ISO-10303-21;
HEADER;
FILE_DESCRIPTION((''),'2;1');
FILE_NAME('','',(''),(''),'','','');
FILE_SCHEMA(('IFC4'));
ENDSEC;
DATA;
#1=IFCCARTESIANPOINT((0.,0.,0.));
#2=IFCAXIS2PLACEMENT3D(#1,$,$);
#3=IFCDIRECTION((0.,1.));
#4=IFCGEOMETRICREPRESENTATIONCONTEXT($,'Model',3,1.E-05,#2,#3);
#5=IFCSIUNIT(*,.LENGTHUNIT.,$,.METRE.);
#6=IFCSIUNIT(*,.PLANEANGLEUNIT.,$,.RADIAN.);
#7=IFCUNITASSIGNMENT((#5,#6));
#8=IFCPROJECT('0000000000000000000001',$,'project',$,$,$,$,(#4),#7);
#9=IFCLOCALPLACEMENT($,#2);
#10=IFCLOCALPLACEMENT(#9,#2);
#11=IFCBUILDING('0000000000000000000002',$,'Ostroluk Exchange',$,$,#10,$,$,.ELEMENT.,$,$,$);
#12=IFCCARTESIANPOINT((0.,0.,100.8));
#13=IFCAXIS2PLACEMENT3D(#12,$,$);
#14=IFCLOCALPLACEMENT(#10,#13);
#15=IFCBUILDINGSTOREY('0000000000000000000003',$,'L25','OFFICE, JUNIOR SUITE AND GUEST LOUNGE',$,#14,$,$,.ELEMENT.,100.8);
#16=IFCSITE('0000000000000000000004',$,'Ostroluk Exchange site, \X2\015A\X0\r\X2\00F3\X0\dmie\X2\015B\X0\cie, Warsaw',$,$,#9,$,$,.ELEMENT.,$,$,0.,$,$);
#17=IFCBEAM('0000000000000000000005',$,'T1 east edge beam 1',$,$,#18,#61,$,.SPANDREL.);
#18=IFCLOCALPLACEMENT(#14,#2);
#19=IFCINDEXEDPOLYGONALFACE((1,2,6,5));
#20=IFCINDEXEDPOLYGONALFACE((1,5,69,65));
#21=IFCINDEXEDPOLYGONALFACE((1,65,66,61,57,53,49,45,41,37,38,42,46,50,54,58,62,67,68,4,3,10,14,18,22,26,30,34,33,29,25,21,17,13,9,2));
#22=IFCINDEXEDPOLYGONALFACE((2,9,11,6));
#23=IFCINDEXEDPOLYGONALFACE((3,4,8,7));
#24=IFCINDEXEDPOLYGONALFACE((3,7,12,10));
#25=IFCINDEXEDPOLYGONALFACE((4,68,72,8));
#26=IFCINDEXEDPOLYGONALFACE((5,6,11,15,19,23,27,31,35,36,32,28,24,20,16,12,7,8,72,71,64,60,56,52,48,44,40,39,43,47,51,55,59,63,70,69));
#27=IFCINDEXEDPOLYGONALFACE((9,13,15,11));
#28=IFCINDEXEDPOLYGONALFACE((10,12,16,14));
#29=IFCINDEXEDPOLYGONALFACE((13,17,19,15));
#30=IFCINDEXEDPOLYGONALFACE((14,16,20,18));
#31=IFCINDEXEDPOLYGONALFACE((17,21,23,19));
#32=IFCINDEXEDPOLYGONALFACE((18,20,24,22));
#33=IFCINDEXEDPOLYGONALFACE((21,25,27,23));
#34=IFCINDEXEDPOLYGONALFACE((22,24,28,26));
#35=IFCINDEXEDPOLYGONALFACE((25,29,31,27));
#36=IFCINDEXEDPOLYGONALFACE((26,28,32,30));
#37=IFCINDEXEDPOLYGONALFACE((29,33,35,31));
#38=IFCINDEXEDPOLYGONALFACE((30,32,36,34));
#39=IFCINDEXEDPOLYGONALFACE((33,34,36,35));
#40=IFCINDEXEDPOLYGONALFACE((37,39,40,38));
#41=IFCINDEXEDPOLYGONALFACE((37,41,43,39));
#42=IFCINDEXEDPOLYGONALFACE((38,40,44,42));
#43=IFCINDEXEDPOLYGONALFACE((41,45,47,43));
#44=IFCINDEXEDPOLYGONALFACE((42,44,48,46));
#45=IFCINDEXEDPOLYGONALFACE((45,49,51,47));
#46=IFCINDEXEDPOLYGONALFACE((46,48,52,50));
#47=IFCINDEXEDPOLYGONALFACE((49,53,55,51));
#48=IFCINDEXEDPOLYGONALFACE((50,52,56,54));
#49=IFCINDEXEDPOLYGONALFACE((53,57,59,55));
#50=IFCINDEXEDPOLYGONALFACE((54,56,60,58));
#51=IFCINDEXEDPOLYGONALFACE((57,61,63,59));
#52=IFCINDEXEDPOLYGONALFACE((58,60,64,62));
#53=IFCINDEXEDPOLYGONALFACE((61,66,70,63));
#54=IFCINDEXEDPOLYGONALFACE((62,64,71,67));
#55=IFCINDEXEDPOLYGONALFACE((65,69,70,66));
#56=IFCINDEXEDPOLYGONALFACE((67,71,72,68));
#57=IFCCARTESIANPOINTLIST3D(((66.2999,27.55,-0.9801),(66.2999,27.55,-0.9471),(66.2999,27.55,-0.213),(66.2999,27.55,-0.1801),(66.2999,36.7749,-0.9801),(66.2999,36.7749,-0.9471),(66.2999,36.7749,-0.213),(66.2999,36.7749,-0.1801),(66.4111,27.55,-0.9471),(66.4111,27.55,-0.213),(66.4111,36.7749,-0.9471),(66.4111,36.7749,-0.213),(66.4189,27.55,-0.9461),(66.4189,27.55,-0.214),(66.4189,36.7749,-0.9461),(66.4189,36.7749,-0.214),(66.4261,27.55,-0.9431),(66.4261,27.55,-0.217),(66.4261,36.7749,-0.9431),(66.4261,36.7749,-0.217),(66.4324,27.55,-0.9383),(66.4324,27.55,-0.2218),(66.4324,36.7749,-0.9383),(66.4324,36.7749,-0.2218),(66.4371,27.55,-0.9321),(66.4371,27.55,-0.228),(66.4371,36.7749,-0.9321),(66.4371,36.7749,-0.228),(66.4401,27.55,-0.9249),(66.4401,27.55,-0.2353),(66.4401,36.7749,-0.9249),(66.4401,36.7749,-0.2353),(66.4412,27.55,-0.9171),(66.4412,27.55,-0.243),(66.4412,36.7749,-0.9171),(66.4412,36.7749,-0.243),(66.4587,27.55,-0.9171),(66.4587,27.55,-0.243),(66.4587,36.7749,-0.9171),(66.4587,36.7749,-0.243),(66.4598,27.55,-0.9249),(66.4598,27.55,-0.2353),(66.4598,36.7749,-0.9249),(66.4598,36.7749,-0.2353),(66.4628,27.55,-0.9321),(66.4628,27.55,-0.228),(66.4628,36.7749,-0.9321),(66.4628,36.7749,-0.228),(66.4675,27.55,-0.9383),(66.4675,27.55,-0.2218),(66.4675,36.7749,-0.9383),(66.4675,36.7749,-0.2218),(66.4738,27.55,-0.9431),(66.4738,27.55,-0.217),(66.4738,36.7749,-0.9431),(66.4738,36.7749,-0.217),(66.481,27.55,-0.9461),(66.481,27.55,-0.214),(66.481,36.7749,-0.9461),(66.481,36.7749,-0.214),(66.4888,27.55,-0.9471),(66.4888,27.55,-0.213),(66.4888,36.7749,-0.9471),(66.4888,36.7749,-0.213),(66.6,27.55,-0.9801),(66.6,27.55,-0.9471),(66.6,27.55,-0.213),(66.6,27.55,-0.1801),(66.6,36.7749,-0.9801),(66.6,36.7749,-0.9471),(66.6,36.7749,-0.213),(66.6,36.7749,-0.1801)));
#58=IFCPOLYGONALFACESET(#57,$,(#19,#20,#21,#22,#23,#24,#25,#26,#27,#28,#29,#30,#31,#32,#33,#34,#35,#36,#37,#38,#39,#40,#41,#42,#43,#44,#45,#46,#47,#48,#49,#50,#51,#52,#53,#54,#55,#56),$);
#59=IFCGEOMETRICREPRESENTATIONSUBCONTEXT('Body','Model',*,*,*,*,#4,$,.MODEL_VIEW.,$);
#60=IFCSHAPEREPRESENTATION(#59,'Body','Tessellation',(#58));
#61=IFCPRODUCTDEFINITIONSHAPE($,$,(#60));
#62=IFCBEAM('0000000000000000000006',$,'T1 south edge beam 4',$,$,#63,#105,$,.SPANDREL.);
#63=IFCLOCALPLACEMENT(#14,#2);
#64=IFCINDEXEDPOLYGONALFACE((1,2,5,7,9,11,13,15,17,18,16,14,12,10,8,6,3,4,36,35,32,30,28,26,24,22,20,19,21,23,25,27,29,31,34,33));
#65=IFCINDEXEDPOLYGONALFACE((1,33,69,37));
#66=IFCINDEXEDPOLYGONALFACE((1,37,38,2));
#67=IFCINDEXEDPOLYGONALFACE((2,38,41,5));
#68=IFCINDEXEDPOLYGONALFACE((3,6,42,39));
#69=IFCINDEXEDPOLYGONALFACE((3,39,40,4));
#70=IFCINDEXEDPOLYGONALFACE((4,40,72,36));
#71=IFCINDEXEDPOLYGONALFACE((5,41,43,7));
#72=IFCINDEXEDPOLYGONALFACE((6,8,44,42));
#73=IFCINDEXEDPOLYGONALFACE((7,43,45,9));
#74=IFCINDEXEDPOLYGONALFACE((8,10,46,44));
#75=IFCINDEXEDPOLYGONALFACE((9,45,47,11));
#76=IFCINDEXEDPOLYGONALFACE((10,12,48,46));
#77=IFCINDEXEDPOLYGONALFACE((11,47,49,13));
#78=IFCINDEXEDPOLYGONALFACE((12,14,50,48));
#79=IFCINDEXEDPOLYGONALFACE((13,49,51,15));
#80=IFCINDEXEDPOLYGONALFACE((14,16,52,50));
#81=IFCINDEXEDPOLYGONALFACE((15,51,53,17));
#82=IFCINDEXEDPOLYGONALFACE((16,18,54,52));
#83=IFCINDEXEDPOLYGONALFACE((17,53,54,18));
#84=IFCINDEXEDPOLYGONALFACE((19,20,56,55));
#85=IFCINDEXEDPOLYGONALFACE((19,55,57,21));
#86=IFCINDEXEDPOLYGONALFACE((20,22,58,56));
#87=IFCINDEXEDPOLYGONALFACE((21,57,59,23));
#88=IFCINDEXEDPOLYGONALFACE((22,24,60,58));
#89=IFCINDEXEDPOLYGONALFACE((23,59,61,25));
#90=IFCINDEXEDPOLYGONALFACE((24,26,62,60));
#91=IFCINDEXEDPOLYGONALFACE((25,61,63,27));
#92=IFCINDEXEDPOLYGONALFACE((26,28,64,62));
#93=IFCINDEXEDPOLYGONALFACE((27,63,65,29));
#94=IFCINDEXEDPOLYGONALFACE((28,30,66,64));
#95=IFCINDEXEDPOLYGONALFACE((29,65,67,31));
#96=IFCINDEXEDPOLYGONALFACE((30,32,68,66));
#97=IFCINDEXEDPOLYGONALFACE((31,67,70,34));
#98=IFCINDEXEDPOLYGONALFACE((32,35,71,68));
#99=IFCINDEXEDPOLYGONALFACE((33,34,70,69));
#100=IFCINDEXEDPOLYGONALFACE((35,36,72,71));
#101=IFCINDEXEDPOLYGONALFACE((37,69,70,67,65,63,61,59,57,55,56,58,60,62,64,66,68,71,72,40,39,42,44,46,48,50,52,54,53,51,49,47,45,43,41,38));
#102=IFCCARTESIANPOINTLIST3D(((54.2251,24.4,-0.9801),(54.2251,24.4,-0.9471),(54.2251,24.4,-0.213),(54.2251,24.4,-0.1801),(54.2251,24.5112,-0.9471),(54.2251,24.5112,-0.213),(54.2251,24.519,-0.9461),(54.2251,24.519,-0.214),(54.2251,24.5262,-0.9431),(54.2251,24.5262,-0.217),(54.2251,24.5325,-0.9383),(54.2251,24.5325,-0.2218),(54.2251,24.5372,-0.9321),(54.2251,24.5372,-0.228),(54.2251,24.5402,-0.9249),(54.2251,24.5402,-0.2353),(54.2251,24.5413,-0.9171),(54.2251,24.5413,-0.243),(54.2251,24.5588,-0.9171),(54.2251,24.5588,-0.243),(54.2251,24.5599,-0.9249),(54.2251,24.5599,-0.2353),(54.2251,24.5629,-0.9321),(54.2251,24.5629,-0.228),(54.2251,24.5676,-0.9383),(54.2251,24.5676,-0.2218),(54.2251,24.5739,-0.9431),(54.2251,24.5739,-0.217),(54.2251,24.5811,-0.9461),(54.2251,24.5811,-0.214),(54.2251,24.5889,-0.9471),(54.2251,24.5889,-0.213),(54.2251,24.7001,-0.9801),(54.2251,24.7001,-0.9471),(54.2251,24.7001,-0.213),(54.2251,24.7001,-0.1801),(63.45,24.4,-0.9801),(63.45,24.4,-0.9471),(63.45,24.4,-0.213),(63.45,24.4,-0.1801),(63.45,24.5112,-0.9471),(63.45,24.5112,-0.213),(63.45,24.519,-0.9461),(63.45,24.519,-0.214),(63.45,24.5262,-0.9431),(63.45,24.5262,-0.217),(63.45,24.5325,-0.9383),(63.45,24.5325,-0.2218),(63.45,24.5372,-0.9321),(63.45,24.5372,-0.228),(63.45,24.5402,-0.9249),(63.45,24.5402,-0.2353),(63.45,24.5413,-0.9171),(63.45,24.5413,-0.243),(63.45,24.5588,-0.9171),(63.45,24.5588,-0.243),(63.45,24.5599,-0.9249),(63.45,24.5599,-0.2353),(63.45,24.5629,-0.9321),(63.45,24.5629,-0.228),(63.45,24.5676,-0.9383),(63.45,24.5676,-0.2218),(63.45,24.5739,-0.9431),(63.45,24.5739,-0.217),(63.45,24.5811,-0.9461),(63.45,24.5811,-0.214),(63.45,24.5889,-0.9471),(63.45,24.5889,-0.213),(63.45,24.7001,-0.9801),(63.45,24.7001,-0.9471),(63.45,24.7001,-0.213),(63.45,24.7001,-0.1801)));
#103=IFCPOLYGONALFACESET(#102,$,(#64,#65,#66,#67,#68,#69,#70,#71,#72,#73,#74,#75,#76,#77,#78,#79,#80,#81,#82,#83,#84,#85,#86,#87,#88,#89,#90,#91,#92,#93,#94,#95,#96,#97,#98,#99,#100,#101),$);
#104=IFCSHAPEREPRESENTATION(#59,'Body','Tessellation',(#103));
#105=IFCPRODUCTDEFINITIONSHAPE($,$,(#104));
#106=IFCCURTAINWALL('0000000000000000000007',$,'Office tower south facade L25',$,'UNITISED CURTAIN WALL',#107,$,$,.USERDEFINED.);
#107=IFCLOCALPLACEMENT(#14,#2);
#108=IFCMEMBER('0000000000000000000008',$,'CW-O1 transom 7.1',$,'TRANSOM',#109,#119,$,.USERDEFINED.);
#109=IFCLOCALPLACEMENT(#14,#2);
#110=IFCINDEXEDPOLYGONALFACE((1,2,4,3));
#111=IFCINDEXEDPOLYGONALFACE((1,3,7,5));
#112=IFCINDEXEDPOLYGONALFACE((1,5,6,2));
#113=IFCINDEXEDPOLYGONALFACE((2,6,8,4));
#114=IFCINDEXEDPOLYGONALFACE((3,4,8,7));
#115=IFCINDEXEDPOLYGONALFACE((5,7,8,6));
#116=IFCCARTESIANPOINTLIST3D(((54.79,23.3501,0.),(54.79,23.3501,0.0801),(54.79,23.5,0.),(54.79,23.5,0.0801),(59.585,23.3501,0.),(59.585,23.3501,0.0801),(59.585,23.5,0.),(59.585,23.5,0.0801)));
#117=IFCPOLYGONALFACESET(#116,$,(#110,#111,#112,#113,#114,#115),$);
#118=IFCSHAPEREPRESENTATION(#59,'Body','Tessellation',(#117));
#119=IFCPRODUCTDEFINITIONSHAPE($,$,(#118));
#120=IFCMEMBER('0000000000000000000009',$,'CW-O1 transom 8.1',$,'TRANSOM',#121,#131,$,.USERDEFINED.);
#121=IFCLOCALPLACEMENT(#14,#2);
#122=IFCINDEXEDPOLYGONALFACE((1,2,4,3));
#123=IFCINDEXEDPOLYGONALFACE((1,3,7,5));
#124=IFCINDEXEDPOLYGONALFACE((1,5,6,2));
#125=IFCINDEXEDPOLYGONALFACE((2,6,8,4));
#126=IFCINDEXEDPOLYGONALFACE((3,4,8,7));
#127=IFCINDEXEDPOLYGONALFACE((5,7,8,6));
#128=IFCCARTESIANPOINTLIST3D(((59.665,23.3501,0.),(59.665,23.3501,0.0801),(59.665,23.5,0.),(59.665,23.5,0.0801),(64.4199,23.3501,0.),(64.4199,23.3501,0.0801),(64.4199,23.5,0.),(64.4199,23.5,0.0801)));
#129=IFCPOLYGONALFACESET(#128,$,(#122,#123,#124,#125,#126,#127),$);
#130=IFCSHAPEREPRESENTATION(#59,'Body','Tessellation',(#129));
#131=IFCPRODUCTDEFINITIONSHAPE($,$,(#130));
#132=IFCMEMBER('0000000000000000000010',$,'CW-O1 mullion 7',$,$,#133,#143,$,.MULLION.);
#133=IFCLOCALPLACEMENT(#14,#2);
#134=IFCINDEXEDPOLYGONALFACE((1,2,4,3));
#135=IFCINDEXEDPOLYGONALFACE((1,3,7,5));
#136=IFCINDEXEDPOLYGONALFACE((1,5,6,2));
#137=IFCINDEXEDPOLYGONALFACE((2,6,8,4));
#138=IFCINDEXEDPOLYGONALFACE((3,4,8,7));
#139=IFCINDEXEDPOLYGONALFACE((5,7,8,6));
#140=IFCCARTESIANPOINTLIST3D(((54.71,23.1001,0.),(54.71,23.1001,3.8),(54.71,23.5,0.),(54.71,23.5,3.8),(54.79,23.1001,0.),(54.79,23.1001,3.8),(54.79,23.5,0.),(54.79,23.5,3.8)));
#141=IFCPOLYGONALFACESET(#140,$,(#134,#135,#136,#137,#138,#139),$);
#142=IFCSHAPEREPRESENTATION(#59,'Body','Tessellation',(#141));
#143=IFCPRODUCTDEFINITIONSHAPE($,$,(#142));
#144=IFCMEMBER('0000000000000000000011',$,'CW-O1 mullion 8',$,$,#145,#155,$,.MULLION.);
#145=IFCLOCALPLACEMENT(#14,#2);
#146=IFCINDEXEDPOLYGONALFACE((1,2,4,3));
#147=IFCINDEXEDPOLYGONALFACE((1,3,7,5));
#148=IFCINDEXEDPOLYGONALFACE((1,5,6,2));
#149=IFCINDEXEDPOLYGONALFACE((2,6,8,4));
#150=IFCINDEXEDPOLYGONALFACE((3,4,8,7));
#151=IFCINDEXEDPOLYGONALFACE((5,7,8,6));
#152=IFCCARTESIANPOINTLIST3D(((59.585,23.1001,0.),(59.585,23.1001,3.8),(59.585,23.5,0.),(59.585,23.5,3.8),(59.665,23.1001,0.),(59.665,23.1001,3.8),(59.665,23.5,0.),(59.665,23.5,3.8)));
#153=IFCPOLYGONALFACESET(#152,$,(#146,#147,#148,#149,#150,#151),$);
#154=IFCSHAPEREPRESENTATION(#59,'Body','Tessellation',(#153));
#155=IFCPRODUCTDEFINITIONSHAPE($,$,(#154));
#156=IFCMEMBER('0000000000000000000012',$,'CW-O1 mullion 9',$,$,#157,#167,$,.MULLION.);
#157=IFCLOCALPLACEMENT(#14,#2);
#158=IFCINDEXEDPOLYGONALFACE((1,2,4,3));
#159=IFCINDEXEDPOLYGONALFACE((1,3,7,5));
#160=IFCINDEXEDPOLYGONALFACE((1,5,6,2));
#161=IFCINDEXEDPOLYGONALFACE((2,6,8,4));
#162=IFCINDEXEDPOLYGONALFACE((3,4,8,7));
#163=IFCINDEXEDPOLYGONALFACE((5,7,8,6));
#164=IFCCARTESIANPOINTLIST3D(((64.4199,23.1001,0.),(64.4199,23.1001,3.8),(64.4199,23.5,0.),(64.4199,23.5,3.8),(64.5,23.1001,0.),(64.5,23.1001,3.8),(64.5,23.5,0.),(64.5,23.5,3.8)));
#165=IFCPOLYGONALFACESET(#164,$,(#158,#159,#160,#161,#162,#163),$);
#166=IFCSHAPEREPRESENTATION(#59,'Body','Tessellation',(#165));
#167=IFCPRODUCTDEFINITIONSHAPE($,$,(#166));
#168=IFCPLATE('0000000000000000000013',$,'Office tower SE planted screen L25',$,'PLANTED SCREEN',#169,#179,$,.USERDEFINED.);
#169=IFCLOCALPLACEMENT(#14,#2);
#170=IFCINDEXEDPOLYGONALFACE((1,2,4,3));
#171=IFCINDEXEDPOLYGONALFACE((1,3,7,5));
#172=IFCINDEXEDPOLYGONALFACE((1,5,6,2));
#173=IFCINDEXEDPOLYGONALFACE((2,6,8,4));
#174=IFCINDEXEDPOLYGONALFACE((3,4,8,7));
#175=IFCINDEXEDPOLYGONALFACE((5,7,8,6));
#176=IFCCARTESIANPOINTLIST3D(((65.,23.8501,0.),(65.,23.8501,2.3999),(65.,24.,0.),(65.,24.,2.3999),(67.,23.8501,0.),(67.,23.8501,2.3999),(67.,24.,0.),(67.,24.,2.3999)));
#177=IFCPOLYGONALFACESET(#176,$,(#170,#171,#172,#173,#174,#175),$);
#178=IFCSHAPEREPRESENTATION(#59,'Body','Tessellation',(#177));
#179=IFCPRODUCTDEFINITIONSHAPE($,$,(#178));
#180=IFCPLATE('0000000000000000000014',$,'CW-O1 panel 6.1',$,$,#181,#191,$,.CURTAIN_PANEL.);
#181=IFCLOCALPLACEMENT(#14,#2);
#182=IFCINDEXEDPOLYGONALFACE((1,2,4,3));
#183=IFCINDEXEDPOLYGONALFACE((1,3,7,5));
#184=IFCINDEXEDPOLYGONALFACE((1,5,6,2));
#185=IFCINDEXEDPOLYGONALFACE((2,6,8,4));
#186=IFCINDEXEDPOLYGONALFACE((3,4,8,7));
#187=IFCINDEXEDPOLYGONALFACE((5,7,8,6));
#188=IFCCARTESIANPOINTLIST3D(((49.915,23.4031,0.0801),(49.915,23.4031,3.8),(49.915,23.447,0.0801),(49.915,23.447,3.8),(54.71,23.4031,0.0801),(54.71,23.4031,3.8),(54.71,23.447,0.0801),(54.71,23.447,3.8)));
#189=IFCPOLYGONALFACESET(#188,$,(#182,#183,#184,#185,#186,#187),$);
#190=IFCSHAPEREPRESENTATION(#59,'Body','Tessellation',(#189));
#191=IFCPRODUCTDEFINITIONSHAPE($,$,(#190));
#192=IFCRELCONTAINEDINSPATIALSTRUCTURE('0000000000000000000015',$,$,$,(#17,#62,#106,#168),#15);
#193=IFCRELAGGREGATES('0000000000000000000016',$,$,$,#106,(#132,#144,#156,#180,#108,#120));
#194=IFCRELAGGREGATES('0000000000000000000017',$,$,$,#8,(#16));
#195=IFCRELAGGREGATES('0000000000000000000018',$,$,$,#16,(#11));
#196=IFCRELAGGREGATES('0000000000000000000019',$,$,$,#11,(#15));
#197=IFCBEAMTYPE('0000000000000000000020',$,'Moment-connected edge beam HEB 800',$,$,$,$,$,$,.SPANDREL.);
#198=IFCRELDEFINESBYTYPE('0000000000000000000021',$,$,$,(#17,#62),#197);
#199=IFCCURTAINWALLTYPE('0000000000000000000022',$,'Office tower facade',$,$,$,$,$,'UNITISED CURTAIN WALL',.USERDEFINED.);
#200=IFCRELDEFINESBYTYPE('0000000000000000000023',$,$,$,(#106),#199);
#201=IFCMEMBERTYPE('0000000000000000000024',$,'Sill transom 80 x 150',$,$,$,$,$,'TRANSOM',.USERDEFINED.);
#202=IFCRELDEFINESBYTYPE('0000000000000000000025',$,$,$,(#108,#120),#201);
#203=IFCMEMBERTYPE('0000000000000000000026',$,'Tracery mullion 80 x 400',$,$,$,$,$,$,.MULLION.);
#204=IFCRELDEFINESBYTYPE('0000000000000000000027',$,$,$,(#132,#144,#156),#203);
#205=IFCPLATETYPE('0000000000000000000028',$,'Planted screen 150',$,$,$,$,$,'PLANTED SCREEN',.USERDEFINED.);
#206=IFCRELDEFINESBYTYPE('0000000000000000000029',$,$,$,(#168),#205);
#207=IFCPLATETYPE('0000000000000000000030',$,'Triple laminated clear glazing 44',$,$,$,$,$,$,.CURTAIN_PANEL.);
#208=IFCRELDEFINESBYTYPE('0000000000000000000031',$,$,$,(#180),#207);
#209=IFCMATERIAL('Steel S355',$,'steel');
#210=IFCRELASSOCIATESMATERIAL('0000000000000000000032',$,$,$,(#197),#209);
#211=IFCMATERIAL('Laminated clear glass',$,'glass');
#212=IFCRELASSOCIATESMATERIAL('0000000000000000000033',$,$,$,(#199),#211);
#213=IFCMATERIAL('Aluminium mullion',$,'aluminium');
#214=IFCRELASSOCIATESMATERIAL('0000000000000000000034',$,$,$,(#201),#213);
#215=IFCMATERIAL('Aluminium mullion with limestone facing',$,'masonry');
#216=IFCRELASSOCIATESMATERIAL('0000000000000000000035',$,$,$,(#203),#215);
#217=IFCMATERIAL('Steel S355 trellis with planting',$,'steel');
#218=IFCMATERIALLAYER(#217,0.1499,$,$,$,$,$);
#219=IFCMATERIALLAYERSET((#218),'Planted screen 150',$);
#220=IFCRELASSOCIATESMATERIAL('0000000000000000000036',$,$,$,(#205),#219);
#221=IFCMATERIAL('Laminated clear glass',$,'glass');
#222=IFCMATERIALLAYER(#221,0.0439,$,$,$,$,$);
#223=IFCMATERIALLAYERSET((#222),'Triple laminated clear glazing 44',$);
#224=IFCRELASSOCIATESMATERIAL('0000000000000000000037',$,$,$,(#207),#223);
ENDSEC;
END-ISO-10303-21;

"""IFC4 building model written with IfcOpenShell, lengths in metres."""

from ifc_helpers import new_model, si_unit, direction, frame, origin, origin_2d, place, context, subcontext, project, spatial, rectangle, i_section, extrude, material, layer, layer_set, material_profile, profile_set, type_object, element, aggregate, save


model = new_model("IFC4")

# Units and contexts
model_context = context("Model", 3, precision=1e-05, world=origin(), true_north=direction((0.0, 1.0)))
body_context = subcontext(model_context, "Body", "Model", "MODEL_VIEW")
ifc_project = project(units=[si_unit("LENGTHUNIT", "METRE"), si_unit("PLANEANGLEUNIT", "RADIAN")], contexts=[model_context])

# Site, building, storey
site_placement = place(None, origin())
site = spatial("IfcSite", under=ifc_project, at=site_placement, Name="Ostroluk Exchange site, Śródmieście, Warsaw", CompositionType="ELEMENT", RefElevation=0.0)
building_placement = place(site_placement, origin())
building = spatial("IfcBuilding", under=site, at=building_placement, Name="Ostroluk Exchange", CompositionType="ELEMENT")
storey_placement = place(building_placement, frame((0.0, 0.0, 100.8)))
storey = spatial("IfcBuildingStorey", under=building, at=storey_placement, Name="L25", Description="OFFICE, JUNIOR SUITE AND GUEST LOUNGE", CompositionType="ELEMENT", Elevation=100.8)

# Beams
ifc_material_1 = material(Name="Steel S355", Category="steel")
ifc_material_profile_1 = material_profile(ifc_material_1, i_section(OverallWidth=0.3, OverallDepth=0.8, WebThickness=0.0176, FlangeThickness=0.033, FilletRadius=0.03, at=origin_2d()), Name="HEB 800")
ifc_profile_set_1 = profile_set([ifc_material_profile_1], Name="Steel S355")
beam_type_1 = type_object("IfcBeamType", Name="Moment-connected edge beam HEB 800", PredefinedType="SPANDREL", material=ifc_profile_set_1)
for number, where, z_axis, x_axis, name in (
    (1, (66.45, 27.55, -0.5801), (0.0, 1.0, 0.0), (-1.0, 0.0, 0.0), "T1 east edge beam 1"),
    (2, (54.2251, 24.55, -0.5801), (1.0, 0.0, 0.0), (0.0, 1.0, 0.0), "T1 south edge beam 4"),
):
    element("IfcBeam", number, at=place(storey_placement, frame(where, z_axis=z_axis, x_axis=x_axis)), inside=storey, type_object=beam_type_1, Name=name, PredefinedType="SPANDREL", context=body_context, shape_type="SweptSolid", body=[
        extrude(i_section(OverallWidth=0.3, OverallDepth=0.8, WebThickness=0.0176, FlangeThickness=0.033, FilletRadius=0.03, at=origin_2d()), origin(), (0.0, 0.0, 1.0), 9.2249),
    ])

# Curtain wall, members
ifc_material_2 = material(Name="Laminated clear glass", Category="glass")
curtain_wall_type = type_object("IfcCurtainWallType", Name="Office tower facade", ElementType="UNITISED CURTAIN WALL", PredefinedType="USERDEFINED", material=ifc_material_2)
curtain_wall_placement = place(storey_placement, origin())
curtain_wall = element("IfcCurtainWall", 3, at=curtain_wall_placement, inside=storey, type_object=curtain_wall_type, Name="Office tower south facade L25", ObjectType="UNITISED CURTAIN WALL", PredefinedType="USERDEFINED")
ifc_material_3 = material(Name="Aluminium mullion", Category="aluminium")
ifc_material_profile_2 = material_profile(ifc_material_3, rectangle(XDim=0.1499, YDim=0.0801, at=origin_2d()), Name="Sill transom 80 x 150")
ifc_profile_set_2 = profile_set([ifc_material_profile_2], Name="Aluminium mullion")
member_type_1 = type_object("IfcMemberType", Name="Sill transom 80 x 150", ElementType="TRANSOM", PredefinedType="USERDEFINED", material=ifc_profile_set_2)
member_1_placement = place(storey_placement, frame((54.79, 23.425, 0.04), z_axis=(1.0, 0.0, 0.0), x_axis=(0.0, 1.0, 0.0)))
member_1 = element("IfcMember", 4, at=member_1_placement, type_object=member_type_1, Name="CW-O1 transom 7.1", ObjectType="TRANSOM", PredefinedType="USERDEFINED", context=body_context, shape_type="SweptSolid", body=[
    extrude(rectangle(XDim=0.1499, YDim=0.0801, at=origin_2d()), origin(), (0.0, 0.0, 1.0), 4.7949),
])
member_2_placement = place(storey_placement, frame((59.665, 23.425, 0.04), z_axis=(1.0, 0.0, 0.0), x_axis=(0.0, 1.0, 0.0)))
member_2 = element("IfcMember", 5, at=member_2_placement, type_object=member_type_1, Name="CW-O1 transom 8.1", ObjectType="TRANSOM", PredefinedType="USERDEFINED", context=body_context, shape_type="SweptSolid", body=[
    extrude(rectangle(XDim=0.1499, YDim=0.0801, at=origin_2d()), origin(), (0.0, 0.0, 1.0), 4.7549),
])
ifc_material_4 = material(Name="Aluminium mullion with limestone facing", Category="masonry")
ifc_material_profile_3 = material_profile(ifc_material_4, rectangle(XDim=0.3999, YDim=0.0801, at=origin_2d()), Name="Tracery mullion 80 x 400")
ifc_profile_set_3 = profile_set([ifc_material_profile_3], Name="Aluminium mullion with limestone facing")
member_type_2 = type_object("IfcMemberType", Name="Tracery mullion 80 x 400", PredefinedType="MULLION", material=ifc_profile_set_3)
member_3_placement = place(storey_placement, frame((54.75, 23.3, 0.0), z_axis=(0.0, 0.0, 1.0), x_axis=(0.0, 1.0, 0.0)))
member_3 = element("IfcMember", 6, at=member_3_placement, type_object=member_type_2, Name="CW-O1 mullion 7", PredefinedType="MULLION", context=body_context, shape_type="SweptSolid", body=[
    extrude(rectangle(XDim=0.3999, YDim=0.0801, at=origin_2d()), origin(), (0.0, 0.0, 1.0), 3.8),
])
member_4_placement = place(storey_placement, frame((59.625, 23.3, 0.0), z_axis=(0.0, 0.0, 1.0), x_axis=(0.0, 1.0, 0.0)))
member_4 = element("IfcMember", 7, at=member_4_placement, type_object=member_type_2, Name="CW-O1 mullion 8", PredefinedType="MULLION", context=body_context, shape_type="SweptSolid", body=[
    extrude(rectangle(XDim=0.3999, YDim=0.0801, at=origin_2d()), origin(), (0.0, 0.0, 1.0), 3.8),
])
member_5_placement = place(storey_placement, frame((64.46, 23.3, 0.0), z_axis=(0.0, 0.0, 1.0), x_axis=(0.0, 1.0, 0.0)))
member_5 = element("IfcMember", 8, at=member_5_placement, type_object=member_type_2, Name="CW-O1 mullion 9", PredefinedType="MULLION", context=body_context, shape_type="SweptSolid", body=[
    extrude(rectangle(XDim=0.3999, YDim=0.0801, at=origin_2d()), origin(), (0.0, 0.0, 1.0), 3.8),
])

# Plates
ifc_material_5 = material(Name="Steel S355 trellis with planting", Category="steel")
ifc_layer_1 = layer(ifc_material_5, 0.1499)
ifc_layer_set_1 = layer_set([ifc_layer_1], Name="Planted screen 150")
plate_type_1 = type_object("IfcPlateType", Name="Planted screen 150", ElementType="PLANTED SCREEN", PredefinedType="USERDEFINED", material=ifc_layer_set_1)
plate_1_placement = place(storey_placement, frame((66.0, 23.925, 0.0), z_axis=(0.0, 0.0, 1.0), x_axis=(1.0, 0.0, 0.0)))
element("IfcPlate", 9, at=plate_1_placement, inside=storey, type_object=plate_type_1, Name="Office tower SE planted screen L25", ObjectType="PLANTED SCREEN", PredefinedType="USERDEFINED", context=body_context, shape_type="SweptSolid", body=[
    extrude(rectangle(XDim=2.0, YDim=0.1499, at=origin_2d()), origin(), (0.0, 0.0, 1.0), 2.3999),
])
ifc_material_6 = material(Name="Laminated clear glass", Category="glass")
ifc_layer_2 = layer(ifc_material_6, 0.0439)
ifc_layer_set_2 = layer_set([ifc_layer_2], Name="Triple laminated clear glazing 44")
plate_type_2 = type_object("IfcPlateType", Name="Triple laminated clear glazing 44", PredefinedType="CURTAIN_PANEL", material=ifc_layer_set_2)
plate_2_placement = place(storey_placement, frame((52.3125, 23.425, 0.0801), z_axis=(0.0, 0.0, 1.0), x_axis=(1.0, 0.0, 0.0)))
plate_2 = element("IfcPlate", 10, at=plate_2_placement, type_object=plate_type_2, Name="CW-O1 panel 6.1", PredefinedType="CURTAIN_PANEL", context=body_context, shape_type="SweptSolid", body=[
    extrude(rectangle(XDim=4.7949, YDim=0.0439, at=origin_2d()), origin(), (0.0, 0.0, 1.0), 3.72),
])
aggregate(curtain_wall, [member_3, member_4, member_5, plate_2, member_1, member_2])

save(model, "model.ifc")
